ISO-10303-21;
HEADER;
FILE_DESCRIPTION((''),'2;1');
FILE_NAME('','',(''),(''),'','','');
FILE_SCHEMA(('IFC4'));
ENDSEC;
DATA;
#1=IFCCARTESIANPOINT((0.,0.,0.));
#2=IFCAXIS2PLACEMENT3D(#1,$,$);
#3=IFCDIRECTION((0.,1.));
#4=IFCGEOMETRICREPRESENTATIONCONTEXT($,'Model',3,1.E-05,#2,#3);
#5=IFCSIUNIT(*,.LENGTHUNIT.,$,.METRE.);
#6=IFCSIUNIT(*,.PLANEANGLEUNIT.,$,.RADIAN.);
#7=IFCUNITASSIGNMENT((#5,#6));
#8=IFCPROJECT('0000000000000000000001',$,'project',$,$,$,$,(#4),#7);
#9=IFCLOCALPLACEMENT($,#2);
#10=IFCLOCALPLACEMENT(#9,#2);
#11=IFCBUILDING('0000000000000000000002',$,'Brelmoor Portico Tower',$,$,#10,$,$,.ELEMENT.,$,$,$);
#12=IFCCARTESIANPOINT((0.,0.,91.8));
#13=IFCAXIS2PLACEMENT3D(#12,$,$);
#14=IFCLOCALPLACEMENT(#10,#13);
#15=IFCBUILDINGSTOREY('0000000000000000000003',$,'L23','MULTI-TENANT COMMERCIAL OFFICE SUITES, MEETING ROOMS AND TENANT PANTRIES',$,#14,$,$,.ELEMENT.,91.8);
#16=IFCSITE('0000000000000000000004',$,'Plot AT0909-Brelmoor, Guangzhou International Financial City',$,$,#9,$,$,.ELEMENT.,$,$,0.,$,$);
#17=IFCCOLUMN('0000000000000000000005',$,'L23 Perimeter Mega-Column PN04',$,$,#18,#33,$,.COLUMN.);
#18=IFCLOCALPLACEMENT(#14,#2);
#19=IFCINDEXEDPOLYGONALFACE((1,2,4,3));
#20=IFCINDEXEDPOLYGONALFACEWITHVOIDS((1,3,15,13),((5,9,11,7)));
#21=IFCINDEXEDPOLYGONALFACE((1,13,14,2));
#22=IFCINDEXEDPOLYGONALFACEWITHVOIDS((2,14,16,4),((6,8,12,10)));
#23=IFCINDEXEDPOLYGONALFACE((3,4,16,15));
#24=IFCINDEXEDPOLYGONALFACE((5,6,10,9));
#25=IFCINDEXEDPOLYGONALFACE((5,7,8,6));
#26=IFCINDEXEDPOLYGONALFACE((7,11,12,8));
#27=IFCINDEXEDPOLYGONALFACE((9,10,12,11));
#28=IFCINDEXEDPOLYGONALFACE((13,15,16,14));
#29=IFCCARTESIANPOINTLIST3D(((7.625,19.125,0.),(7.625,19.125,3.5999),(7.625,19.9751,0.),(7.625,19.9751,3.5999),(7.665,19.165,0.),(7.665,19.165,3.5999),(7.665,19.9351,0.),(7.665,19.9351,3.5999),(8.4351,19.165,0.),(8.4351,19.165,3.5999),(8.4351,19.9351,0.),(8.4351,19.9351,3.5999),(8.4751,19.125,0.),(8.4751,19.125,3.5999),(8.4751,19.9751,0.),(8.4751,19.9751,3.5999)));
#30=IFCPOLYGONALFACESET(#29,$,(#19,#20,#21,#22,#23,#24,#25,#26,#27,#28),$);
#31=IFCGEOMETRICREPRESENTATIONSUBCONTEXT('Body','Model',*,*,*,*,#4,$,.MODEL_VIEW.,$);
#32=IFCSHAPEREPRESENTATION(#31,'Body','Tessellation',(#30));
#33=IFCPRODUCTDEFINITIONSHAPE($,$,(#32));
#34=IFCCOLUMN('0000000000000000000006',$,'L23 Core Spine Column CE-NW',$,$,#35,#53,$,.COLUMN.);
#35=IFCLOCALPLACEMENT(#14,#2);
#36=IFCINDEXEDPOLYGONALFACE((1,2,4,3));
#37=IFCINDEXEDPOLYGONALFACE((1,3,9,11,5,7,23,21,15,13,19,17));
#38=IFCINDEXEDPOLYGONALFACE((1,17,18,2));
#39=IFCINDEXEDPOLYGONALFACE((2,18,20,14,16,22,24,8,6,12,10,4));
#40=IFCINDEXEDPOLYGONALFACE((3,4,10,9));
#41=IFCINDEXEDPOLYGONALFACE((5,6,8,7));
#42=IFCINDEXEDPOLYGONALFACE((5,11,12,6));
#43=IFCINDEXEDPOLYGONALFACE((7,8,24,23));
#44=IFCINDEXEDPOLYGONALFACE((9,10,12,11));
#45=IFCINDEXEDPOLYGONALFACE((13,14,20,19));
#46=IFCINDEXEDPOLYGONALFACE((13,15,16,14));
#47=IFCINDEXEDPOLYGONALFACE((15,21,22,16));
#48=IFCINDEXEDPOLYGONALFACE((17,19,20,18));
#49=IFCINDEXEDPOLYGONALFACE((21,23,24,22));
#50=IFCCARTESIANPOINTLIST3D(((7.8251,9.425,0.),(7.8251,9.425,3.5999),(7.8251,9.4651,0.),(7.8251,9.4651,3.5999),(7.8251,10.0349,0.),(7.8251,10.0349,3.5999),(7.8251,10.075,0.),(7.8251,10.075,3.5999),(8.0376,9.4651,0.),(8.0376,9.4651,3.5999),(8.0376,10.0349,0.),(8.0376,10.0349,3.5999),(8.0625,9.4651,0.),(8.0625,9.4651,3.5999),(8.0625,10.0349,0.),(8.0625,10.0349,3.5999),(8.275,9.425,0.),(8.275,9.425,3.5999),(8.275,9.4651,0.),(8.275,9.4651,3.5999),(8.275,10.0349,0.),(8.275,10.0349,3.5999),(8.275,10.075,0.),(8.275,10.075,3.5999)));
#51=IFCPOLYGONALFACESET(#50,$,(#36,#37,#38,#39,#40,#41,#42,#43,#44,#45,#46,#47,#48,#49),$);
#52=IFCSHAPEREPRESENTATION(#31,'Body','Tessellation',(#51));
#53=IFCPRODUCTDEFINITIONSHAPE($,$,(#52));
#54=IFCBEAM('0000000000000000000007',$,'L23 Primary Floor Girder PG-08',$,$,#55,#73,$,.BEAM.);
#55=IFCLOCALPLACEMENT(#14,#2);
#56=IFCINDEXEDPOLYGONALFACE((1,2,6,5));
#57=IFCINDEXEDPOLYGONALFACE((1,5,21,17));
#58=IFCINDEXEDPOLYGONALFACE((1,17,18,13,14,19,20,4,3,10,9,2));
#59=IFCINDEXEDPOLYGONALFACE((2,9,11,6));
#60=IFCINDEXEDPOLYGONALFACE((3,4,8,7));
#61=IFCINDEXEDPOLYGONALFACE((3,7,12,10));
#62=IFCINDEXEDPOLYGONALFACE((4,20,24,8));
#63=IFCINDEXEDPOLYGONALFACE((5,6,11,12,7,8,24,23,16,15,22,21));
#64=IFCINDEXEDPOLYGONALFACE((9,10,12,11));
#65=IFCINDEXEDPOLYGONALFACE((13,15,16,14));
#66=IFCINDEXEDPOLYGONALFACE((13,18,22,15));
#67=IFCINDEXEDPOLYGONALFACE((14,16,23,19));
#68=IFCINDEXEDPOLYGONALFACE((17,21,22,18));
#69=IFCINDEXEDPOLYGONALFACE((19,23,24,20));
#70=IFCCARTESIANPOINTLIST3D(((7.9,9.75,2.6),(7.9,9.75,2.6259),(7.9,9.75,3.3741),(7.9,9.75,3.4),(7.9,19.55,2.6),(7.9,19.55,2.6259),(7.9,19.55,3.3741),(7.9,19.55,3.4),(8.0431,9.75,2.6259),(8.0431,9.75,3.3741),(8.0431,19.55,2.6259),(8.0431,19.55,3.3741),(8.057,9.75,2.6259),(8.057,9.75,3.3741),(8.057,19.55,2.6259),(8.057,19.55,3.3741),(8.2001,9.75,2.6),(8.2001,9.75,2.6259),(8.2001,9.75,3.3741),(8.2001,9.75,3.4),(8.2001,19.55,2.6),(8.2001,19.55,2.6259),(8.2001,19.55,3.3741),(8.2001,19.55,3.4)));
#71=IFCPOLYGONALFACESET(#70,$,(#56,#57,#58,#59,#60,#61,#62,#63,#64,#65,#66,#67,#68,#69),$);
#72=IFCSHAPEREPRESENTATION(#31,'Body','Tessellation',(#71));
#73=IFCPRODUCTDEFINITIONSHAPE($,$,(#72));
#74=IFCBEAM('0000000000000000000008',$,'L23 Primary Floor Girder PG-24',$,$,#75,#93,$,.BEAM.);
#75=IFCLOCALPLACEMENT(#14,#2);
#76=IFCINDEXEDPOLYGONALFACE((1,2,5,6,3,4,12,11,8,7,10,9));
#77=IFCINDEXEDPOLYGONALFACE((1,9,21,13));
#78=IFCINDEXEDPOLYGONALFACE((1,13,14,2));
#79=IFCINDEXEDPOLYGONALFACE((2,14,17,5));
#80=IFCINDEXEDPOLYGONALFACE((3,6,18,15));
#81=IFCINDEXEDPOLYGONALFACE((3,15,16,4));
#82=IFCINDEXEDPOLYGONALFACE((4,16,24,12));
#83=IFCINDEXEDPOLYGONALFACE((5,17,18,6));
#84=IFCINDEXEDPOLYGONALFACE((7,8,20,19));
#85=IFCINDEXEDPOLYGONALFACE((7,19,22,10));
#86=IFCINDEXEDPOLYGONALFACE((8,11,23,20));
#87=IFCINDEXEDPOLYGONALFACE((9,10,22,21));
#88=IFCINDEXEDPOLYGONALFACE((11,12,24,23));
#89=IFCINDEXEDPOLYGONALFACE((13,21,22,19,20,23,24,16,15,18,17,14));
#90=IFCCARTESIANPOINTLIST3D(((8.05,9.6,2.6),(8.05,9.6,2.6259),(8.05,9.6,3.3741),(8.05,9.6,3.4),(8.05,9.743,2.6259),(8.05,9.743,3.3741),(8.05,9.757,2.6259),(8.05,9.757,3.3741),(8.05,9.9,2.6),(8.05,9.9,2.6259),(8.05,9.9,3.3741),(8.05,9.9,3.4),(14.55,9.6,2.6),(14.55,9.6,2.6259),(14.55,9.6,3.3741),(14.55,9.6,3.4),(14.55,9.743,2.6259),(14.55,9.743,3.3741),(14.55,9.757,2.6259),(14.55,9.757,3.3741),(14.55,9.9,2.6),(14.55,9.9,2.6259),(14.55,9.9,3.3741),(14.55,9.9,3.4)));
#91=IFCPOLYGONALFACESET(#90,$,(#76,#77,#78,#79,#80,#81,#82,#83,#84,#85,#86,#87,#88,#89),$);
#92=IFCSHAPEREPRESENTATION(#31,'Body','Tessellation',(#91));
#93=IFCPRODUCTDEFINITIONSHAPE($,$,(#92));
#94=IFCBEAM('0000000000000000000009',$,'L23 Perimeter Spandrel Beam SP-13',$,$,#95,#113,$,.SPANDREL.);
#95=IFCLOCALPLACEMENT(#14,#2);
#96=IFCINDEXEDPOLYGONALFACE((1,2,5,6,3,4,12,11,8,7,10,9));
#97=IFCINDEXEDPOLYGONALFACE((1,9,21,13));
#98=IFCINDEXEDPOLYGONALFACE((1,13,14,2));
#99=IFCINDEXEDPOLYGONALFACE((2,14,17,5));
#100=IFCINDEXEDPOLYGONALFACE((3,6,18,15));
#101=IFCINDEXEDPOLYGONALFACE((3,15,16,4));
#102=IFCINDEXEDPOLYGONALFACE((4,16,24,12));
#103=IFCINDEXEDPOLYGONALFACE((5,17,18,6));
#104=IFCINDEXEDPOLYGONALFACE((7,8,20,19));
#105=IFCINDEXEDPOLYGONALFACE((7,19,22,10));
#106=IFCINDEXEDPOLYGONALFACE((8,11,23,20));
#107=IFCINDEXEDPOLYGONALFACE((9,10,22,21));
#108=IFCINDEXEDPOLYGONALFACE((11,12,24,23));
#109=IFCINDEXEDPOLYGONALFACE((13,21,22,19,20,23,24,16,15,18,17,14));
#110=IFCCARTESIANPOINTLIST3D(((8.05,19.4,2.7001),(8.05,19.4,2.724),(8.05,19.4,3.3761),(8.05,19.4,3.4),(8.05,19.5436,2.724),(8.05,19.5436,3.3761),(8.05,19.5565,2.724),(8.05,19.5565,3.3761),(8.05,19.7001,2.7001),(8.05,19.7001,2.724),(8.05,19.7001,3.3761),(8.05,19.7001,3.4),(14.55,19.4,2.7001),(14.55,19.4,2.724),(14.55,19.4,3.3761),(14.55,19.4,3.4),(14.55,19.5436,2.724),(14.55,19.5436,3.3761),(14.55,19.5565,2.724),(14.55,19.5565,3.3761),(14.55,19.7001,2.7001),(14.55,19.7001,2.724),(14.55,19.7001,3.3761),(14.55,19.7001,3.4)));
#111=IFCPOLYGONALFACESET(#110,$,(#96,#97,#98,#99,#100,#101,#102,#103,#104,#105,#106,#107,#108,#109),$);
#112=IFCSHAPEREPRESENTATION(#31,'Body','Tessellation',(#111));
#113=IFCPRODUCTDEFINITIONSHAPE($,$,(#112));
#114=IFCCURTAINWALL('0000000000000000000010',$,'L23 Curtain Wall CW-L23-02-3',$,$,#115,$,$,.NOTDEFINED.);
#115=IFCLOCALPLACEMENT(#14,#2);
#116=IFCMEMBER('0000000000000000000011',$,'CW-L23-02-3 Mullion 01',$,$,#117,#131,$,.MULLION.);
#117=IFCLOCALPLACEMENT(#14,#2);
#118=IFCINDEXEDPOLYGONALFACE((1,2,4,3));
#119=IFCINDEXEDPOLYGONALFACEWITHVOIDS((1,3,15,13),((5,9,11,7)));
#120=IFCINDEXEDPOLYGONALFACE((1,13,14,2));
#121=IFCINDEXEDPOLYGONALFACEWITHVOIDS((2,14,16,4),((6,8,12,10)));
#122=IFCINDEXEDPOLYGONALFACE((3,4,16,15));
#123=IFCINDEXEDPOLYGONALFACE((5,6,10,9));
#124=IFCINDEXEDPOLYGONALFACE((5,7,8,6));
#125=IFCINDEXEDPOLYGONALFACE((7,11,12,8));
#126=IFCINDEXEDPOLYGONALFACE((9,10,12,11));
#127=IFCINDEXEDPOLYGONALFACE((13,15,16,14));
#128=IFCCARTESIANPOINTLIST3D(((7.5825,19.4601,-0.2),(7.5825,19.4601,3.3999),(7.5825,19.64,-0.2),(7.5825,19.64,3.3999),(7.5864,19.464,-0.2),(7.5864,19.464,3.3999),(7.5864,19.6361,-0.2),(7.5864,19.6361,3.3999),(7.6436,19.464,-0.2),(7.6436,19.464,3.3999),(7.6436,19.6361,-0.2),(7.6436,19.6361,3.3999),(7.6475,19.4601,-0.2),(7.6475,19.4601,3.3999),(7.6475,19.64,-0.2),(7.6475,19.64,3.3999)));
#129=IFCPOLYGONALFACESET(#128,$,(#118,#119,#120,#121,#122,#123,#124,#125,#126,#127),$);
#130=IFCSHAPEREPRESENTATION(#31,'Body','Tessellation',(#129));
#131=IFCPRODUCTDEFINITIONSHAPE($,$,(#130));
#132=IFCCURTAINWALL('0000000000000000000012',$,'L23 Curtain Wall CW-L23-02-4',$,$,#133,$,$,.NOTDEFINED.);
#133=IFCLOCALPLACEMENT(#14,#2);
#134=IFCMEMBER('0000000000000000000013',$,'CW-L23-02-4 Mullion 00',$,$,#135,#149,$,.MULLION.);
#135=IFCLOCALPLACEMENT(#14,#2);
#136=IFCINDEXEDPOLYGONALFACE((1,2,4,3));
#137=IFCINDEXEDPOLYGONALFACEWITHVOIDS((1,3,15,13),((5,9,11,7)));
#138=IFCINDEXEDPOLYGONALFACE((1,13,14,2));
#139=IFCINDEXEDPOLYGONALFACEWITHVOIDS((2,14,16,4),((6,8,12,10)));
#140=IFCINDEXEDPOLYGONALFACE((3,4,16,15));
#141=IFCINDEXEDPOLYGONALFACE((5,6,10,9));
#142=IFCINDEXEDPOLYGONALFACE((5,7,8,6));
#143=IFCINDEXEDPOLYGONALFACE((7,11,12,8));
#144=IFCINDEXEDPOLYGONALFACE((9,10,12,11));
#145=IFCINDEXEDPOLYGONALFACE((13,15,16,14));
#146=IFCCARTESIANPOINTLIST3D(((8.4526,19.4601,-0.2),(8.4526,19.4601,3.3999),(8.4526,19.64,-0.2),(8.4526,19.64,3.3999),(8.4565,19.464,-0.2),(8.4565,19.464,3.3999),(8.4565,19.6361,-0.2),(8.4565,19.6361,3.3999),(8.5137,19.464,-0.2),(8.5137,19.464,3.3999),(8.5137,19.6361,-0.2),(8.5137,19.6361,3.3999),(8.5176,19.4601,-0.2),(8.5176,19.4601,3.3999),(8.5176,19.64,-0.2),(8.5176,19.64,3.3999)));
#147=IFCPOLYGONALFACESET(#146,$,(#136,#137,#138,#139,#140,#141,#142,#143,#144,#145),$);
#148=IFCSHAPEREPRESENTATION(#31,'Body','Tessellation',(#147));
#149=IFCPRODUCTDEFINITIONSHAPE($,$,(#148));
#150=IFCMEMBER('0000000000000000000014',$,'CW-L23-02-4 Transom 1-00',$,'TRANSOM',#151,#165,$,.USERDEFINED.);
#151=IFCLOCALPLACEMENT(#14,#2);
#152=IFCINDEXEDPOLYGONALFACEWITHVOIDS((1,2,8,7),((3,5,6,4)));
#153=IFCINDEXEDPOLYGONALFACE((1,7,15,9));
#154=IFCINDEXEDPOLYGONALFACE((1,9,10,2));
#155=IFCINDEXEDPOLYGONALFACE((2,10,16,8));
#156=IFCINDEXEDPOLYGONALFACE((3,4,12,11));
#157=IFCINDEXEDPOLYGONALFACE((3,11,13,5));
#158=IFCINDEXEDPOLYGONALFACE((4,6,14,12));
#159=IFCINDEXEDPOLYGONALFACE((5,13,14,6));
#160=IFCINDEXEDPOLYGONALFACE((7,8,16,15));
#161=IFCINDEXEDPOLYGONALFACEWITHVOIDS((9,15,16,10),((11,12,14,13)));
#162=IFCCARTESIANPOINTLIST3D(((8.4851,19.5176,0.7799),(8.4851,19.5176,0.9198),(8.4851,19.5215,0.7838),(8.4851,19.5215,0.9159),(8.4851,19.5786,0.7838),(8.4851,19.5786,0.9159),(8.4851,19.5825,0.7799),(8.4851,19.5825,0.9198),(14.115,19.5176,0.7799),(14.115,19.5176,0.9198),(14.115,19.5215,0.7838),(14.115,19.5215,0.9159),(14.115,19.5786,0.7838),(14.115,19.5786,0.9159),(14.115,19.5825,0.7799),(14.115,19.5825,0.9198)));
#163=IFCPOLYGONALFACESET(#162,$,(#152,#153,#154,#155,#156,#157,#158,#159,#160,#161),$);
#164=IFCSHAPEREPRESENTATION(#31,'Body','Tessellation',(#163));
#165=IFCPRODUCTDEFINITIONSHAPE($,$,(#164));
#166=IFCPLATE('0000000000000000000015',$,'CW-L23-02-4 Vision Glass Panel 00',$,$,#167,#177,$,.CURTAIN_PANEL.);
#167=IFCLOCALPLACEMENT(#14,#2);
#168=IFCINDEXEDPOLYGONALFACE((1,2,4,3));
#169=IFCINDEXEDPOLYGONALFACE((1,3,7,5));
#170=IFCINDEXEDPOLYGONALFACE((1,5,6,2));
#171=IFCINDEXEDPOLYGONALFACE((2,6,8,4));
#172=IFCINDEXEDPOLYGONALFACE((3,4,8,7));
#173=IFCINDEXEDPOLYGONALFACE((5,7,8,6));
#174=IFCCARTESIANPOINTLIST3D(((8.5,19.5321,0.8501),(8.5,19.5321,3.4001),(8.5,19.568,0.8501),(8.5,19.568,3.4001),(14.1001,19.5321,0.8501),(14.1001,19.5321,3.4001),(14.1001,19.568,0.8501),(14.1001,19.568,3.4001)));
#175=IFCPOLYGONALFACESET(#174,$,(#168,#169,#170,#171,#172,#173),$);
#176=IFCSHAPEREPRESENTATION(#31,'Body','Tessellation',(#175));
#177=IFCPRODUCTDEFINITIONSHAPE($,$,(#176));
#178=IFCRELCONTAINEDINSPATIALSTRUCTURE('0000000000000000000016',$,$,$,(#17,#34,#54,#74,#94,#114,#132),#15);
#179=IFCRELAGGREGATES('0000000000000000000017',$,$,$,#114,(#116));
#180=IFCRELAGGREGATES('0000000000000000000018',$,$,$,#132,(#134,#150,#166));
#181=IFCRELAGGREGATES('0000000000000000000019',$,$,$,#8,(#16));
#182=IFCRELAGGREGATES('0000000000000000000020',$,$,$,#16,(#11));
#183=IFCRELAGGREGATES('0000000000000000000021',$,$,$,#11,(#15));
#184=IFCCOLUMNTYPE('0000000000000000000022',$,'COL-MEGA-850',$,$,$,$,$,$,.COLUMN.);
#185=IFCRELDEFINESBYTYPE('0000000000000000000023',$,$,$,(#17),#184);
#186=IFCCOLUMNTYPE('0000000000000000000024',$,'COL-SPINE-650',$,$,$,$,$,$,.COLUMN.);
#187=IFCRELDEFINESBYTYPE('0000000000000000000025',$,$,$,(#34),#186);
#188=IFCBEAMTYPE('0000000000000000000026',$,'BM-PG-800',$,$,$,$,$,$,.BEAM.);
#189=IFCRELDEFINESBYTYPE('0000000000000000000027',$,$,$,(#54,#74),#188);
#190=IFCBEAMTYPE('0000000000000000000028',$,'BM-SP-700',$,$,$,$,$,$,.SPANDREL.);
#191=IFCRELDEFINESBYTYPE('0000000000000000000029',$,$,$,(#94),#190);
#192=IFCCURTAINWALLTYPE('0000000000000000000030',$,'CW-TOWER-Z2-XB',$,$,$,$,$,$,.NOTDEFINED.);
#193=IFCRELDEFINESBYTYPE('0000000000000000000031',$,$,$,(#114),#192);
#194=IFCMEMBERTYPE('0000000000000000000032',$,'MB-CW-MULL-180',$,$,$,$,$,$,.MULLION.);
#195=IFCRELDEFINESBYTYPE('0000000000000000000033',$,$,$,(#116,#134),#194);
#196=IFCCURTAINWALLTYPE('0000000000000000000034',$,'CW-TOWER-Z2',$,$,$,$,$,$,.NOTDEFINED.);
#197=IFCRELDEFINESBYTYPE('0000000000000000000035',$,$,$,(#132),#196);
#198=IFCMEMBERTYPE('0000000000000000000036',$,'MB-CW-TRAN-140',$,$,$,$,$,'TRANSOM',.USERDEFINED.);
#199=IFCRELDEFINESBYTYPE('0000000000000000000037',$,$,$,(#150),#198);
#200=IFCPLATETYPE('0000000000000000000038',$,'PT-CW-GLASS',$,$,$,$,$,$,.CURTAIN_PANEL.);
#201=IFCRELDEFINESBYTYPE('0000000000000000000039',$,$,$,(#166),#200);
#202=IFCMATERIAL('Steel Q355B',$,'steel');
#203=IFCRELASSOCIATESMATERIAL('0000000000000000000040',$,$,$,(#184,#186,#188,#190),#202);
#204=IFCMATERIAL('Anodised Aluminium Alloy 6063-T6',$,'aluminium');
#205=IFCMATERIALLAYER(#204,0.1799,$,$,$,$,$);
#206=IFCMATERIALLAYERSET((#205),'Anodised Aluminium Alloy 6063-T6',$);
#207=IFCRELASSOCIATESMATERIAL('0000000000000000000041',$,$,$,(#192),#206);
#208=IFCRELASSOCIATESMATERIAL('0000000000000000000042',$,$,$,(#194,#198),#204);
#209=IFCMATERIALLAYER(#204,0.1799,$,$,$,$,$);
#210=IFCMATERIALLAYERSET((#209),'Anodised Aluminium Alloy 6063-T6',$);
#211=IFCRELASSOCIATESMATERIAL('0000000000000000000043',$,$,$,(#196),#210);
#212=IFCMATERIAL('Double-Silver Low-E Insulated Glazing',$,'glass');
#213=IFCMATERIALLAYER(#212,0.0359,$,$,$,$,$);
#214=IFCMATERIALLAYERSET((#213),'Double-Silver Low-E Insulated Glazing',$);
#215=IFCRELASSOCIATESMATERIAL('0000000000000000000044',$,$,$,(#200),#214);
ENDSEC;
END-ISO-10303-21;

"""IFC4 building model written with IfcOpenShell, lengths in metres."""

from ifc_helpers import new_model, si_unit, direction, frame, origin, origin_2d, place, context, subcontext, project, spatial, rectangle, hollow_rectangle, i_section, extrude, material, layer, layer_set, material_profile, profile_set, type_object, element, aggregate, save


model = new_model("IFC4")

# Units and contexts
model_context = context("Model", 3, precision=1e-05, world=origin(), true_north=direction((0.0, 1.0)))
body_context = subcontext(model_context, "Body", "Model", "MODEL_VIEW")
ifc_project = project(units=[si_unit("LENGTHUNIT", "METRE"), si_unit("PLANEANGLEUNIT", "RADIAN")], contexts=[model_context])

# Site, building, storey
site_placement = place(None, origin())
site = spatial("IfcSite", under=ifc_project, at=site_placement, Name="Plot AT0909-Brelmoor, Guangzhou International Financial City", CompositionType="ELEMENT", RefElevation=0.0)
building_placement = place(site_placement, origin())
building = spatial("IfcBuilding", under=site, at=building_placement, Name="Brelmoor Portico Tower", CompositionType="ELEMENT")
storey_placement = place(building_placement, frame((0.0, 0.0, 91.8)))
storey = spatial("IfcBuildingStorey", under=building, at=storey_placement, Name="L23", Description="MULTI-TENANT COMMERCIAL OFFICE SUITES, MEETING ROOMS AND TENANT PANTRIES", CompositionType="ELEMENT", Elevation=91.8)

# Columns
ifc_material_1 = material(Name="Steel Q355B", Category="steel")
ifc_material_profile_1 = material_profile(ifc_material_1, hollow_rectangle(XDim=0.8501, YDim=0.8501, WallThickness=0.04, at=origin_2d()), Name="BOX 850x850x40")
ifc_profile_set_1 = profile_set([ifc_material_profile_1], Name="Steel Q355B")
column_type_1 = type_object("IfcColumnType", Name="COL-MEGA-850", PredefinedType="COLUMN", material=ifc_profile_set_1)
column_1_placement = place(storey_placement, frame((8.05, 19.55, 0.0), z_axis=(0.0, 0.0, 1.0), x_axis=(1.0, 0.0, 0.0)))
element("IfcColumn", 1, at=column_1_placement, inside=storey, type_object=column_type_1, Name="L23 Perimeter Mega-Column PN04", PredefinedType="COLUMN", context=body_context, shape_type="SweptSolid", body=[
    extrude(hollow_rectangle(XDim=0.8501, YDim=0.8501, WallThickness=0.04, at=origin_2d()), origin(), (0.0, 0.0, 1.0), 3.5999),
])
ifc_material_profile_2 = material_profile(ifc_material_1, i_section(OverallWidth=0.45, OverallDepth=0.6499, WebThickness=0.0249, FlangeThickness=0.04, at=origin_2d()), Name="HW 650x450x25x40")
ifc_profile_set_2 = profile_set([ifc_material_profile_2], Name="Steel Q355B")
column_type_2 = type_object("IfcColumnType", Name="COL-SPINE-650", PredefinedType="COLUMN", material=ifc_profile_set_2)
column_2_placement = place(storey_placement, frame((8.05, 9.75, 0.0), z_axis=(0.0, 0.0, 1.0), x_axis=(1.0, 0.0, 0.0)))
element("IfcColumn", 2, at=column_2_placement, inside=storey, type_object=column_type_2, Name="L23 Core Spine Column CE-NW", PredefinedType="COLUMN", context=body_context, shape_type="SweptSolid", body=[
    extrude(i_section(OverallWidth=0.45, OverallDepth=0.6499, WebThickness=0.0249, FlangeThickness=0.04, at=origin_2d()), origin(), (0.0, 0.0, 1.0), 3.5999),
])

# Beams
ifc_material_profile_3 = material_profile(ifc_material_1, i_section(OverallWidth=0.3, OverallDepth=0.8, WebThickness=0.0139, FlangeThickness=0.0259, at=origin_2d()), Name="HN 800x300x14x26")
ifc_profile_set_3 = profile_set([ifc_material_profile_3], Name="Steel Q355B")
beam_type_1 = type_object("IfcBeamType", Name="BM-PG-800", PredefinedType="BEAM", material=ifc_profile_set_3)
beam_1_placement = place(storey_placement, frame((8.05, 9.75, 3.0), z_axis=(0.0, 1.0, 0.0), x_axis=(-1.0, 0.0, 0.0)))
element("IfcBeam", 3, at=beam_1_placement, inside=storey, type_object=beam_type_1, Name="L23 Primary Floor Girder PG-08", PredefinedType="BEAM", context=body_context, shape_type="SweptSolid", body=[
    extrude(i_section(OverallWidth=0.3, OverallDepth=0.8, WebThickness=0.0139, FlangeThickness=0.0259, at=origin_2d()), origin(), (0.0, 0.0, 1.0), 9.8),
])
beam_2_placement = place(storey_placement, frame((8.05, 9.75, 3.0), z_axis=(1.0, 0.0, 0.0), x_axis=(0.0, 1.0, 0.0)))
element("IfcBeam", 4, at=beam_2_placement, inside=storey, type_object=beam_type_1, Name="L23 Primary Floor Girder PG-24", PredefinedType="BEAM", context=body_context, shape_type="SweptSolid", body=[
    extrude(i_section(OverallWidth=0.3, OverallDepth=0.8, WebThickness=0.0139, FlangeThickness=0.0259, at=origin_2d()), origin(), (0.0, 0.0, 1.0), 6.5),
])
ifc_material_profile_4 = material_profile(ifc_material_1, i_section(OverallWidth=0.3, OverallDepth=0.7, WebThickness=0.0129, FlangeThickness=0.0239, at=origin_2d()), Name="HN 700x300x13x24")
ifc_profile_set_4 = profile_set([ifc_material_profile_4], Name="Steel Q355B")
beam_type_2 = type_object("IfcBeamType", Name="BM-SP-700", PredefinedType="SPANDREL", material=ifc_profile_set_4)
beam_3_placement = place(storey_placement, frame((8.05, 19.55, 3.05), z_axis=(1.0, 0.0, 0.0), x_axis=(0.0, 1.0, 0.0)))
element("IfcBeam", 5, at=beam_3_placement, inside=storey, type_object=beam_type_2, Name="L23 Perimeter Spandrel Beam SP-13", PredefinedType="SPANDREL", context=body_context, shape_type="SweptSolid", body=[
    extrude(i_section(OverallWidth=0.3, OverallDepth=0.7, WebThickness=0.0129, FlangeThickness=0.0239, at=origin_2d()), origin(), (0.0, 0.0, 1.0), 6.5),
])

# Curtain wall, member
ifc_material_2 = material(Name="Anodised Aluminium Alloy 6063-T6", Category="aluminium")
ifc_layer_1 = layer(ifc_material_2, 0.1799)
ifc_layer_set_1 = layer_set([ifc_layer_1], Name="Anodised Aluminium Alloy 6063-T6")
curtain_wall_type_1 = type_object("IfcCurtainWallType", Name="CW-TOWER-Z2-XB", PredefinedType="NOTDEFINED", material=ifc_layer_set_1)
curtain_wall_1_placement = place(storey_placement, origin())
curtain_wall_1 = element("IfcCurtainWall", 6, at=curtain_wall_1_placement, inside=storey, type_object=curtain_wall_type_1, Name="L23 Curtain Wall CW-L23-02-3", PredefinedType="NOTDEFINED")
ifc_material_profile_5 = material_profile(ifc_material_2, hollow_rectangle(XDim=0.0649, YDim=0.1799, WallThickness=0.0039, at=origin_2d()), Name="ALU MULLION 65x180")
ifc_profile_set_5 = profile_set([ifc_material_profile_5], Name="Anodised Aluminium Alloy 6063-T6")
member_type_1 = type_object("IfcMemberType", Name="MB-CW-MULL-180", PredefinedType="MULLION", material=ifc_profile_set_5)
member_1_placement = place(storey_placement, frame((7.615, 19.55, -0.2), z_axis=(0.0, 0.0, 1.0), x_axis=(1.0, 0.0, 0.0)))
member_1 = element("IfcMember", 7, at=member_1_placement, type_object=member_type_1, Name="CW-L23-02-3 Mullion 01", PredefinedType="MULLION", context=body_context, shape_type="SweptSolid", body=[
    extrude(hollow_rectangle(XDim=0.0649, YDim=0.1799, WallThickness=0.0039, at=origin_2d()), origin(), (0.0, 0.0, 1.0), 3.5999),
])

# Curtain wall, members, plate
ifc_layer_2 = layer(ifc_material_2, 0.1799)
ifc_layer_set_2 = layer_set([ifc_layer_2], Name="Anodised Aluminium Alloy 6063-T6")
curtain_wall_type_2 = type_object("IfcCurtainWallType", Name="CW-TOWER-Z2", PredefinedType="NOTDEFINED", material=ifc_layer_set_2)
curtain_wall_2_placement = place(storey_placement, origin())
curtain_wall_2 = element("IfcCurtainWall", 8, at=curtain_wall_2_placement, inside=storey, type_object=curtain_wall_type_2, Name="L23 Curtain Wall CW-L23-02-4", PredefinedType="NOTDEFINED")
member_2_placement = place(storey_placement, frame((8.4851, 19.55, -0.2), z_axis=(0.0, 0.0, 1.0), x_axis=(1.0, 0.0, 0.0)))
member_2 = element("IfcMember", 9, at=member_2_placement, type_object=member_type_1, Name="CW-L23-02-4 Mullion 00", PredefinedType="MULLION", context=body_context, shape_type="SweptSolid", body=[
    extrude(hollow_rectangle(XDim=0.0649, YDim=0.1799, WallThickness=0.0039, at=origin_2d()), origin(), (0.0, 0.0, 1.0), 3.5999),
])
ifc_material_profile_6 = material_profile(ifc_material_2, hollow_rectangle(XDim=0.0649, YDim=0.1399, WallThickness=0.0039, at=origin_2d()), Name="ALU TRANSOM 65x140")
ifc_profile_set_6 = profile_set([ifc_material_profile_6], Name="Anodised Aluminium Alloy 6063-T6")
member_type_2 = type_object("IfcMemberType", Name="MB-CW-TRAN-140", ElementType="TRANSOM", PredefinedType="USERDEFINED", material=ifc_profile_set_6)
member_3_placement = place(storey_placement, frame((8.4851, 19.55, 0.8499), z_axis=(1.0, 0.0, 0.0), x_axis=(0.0, 1.0, 0.0)))
member_3 = element("IfcMember", 10, at=member_3_placement, type_object=member_type_2, Name="CW-L23-02-4 Transom 1-00", ObjectType="TRANSOM", PredefinedType="USERDEFINED", context=body_context, shape_type="SweptSolid", body=[
    extrude(hollow_rectangle(XDim=0.0649, YDim=0.1399, WallThickness=0.0039, at=origin_2d()), origin(), (0.0, 0.0, 1.0), 5.6299),
])
ifc_material_3 = material(Name="Double-Silver Low-E Insulated Glazing", Category="glass")
ifc_layer_3 = layer(ifc_material_3, 0.0359)
ifc_layer_set_3 = layer_set([ifc_layer_3], Name="Double-Silver Low-E Insulated Glazing")
plate_type_1 = type_object("IfcPlateType", Name="PT-CW-GLASS", PredefinedType="CURTAIN_PANEL", material=ifc_layer_set_3)
plate_1_placement = place(storey_placement, frame((11.3, 19.55, 0.8501), z_axis=(0.0, 0.0, 1.0), x_axis=(1.0, 0.0, 0.0)))
plate_1 = element("IfcPlate", 11, at=plate_1_placement, type_object=plate_type_1, Name="CW-L23-02-4 Vision Glass Panel 00", PredefinedType="CURTAIN_PANEL", context=body_context, shape_type="SweptSolid", body=[
    extrude(rectangle(XDim=5.6001, YDim=0.0359, at=origin_2d()), origin(), (0.0, 0.0, 1.0), 2.55),
])

aggregate(curtain_wall_1, [member_1])
aggregate(curtain_wall_2, [member_2, member_3, plate_1])

save(model, "model.ifc")
